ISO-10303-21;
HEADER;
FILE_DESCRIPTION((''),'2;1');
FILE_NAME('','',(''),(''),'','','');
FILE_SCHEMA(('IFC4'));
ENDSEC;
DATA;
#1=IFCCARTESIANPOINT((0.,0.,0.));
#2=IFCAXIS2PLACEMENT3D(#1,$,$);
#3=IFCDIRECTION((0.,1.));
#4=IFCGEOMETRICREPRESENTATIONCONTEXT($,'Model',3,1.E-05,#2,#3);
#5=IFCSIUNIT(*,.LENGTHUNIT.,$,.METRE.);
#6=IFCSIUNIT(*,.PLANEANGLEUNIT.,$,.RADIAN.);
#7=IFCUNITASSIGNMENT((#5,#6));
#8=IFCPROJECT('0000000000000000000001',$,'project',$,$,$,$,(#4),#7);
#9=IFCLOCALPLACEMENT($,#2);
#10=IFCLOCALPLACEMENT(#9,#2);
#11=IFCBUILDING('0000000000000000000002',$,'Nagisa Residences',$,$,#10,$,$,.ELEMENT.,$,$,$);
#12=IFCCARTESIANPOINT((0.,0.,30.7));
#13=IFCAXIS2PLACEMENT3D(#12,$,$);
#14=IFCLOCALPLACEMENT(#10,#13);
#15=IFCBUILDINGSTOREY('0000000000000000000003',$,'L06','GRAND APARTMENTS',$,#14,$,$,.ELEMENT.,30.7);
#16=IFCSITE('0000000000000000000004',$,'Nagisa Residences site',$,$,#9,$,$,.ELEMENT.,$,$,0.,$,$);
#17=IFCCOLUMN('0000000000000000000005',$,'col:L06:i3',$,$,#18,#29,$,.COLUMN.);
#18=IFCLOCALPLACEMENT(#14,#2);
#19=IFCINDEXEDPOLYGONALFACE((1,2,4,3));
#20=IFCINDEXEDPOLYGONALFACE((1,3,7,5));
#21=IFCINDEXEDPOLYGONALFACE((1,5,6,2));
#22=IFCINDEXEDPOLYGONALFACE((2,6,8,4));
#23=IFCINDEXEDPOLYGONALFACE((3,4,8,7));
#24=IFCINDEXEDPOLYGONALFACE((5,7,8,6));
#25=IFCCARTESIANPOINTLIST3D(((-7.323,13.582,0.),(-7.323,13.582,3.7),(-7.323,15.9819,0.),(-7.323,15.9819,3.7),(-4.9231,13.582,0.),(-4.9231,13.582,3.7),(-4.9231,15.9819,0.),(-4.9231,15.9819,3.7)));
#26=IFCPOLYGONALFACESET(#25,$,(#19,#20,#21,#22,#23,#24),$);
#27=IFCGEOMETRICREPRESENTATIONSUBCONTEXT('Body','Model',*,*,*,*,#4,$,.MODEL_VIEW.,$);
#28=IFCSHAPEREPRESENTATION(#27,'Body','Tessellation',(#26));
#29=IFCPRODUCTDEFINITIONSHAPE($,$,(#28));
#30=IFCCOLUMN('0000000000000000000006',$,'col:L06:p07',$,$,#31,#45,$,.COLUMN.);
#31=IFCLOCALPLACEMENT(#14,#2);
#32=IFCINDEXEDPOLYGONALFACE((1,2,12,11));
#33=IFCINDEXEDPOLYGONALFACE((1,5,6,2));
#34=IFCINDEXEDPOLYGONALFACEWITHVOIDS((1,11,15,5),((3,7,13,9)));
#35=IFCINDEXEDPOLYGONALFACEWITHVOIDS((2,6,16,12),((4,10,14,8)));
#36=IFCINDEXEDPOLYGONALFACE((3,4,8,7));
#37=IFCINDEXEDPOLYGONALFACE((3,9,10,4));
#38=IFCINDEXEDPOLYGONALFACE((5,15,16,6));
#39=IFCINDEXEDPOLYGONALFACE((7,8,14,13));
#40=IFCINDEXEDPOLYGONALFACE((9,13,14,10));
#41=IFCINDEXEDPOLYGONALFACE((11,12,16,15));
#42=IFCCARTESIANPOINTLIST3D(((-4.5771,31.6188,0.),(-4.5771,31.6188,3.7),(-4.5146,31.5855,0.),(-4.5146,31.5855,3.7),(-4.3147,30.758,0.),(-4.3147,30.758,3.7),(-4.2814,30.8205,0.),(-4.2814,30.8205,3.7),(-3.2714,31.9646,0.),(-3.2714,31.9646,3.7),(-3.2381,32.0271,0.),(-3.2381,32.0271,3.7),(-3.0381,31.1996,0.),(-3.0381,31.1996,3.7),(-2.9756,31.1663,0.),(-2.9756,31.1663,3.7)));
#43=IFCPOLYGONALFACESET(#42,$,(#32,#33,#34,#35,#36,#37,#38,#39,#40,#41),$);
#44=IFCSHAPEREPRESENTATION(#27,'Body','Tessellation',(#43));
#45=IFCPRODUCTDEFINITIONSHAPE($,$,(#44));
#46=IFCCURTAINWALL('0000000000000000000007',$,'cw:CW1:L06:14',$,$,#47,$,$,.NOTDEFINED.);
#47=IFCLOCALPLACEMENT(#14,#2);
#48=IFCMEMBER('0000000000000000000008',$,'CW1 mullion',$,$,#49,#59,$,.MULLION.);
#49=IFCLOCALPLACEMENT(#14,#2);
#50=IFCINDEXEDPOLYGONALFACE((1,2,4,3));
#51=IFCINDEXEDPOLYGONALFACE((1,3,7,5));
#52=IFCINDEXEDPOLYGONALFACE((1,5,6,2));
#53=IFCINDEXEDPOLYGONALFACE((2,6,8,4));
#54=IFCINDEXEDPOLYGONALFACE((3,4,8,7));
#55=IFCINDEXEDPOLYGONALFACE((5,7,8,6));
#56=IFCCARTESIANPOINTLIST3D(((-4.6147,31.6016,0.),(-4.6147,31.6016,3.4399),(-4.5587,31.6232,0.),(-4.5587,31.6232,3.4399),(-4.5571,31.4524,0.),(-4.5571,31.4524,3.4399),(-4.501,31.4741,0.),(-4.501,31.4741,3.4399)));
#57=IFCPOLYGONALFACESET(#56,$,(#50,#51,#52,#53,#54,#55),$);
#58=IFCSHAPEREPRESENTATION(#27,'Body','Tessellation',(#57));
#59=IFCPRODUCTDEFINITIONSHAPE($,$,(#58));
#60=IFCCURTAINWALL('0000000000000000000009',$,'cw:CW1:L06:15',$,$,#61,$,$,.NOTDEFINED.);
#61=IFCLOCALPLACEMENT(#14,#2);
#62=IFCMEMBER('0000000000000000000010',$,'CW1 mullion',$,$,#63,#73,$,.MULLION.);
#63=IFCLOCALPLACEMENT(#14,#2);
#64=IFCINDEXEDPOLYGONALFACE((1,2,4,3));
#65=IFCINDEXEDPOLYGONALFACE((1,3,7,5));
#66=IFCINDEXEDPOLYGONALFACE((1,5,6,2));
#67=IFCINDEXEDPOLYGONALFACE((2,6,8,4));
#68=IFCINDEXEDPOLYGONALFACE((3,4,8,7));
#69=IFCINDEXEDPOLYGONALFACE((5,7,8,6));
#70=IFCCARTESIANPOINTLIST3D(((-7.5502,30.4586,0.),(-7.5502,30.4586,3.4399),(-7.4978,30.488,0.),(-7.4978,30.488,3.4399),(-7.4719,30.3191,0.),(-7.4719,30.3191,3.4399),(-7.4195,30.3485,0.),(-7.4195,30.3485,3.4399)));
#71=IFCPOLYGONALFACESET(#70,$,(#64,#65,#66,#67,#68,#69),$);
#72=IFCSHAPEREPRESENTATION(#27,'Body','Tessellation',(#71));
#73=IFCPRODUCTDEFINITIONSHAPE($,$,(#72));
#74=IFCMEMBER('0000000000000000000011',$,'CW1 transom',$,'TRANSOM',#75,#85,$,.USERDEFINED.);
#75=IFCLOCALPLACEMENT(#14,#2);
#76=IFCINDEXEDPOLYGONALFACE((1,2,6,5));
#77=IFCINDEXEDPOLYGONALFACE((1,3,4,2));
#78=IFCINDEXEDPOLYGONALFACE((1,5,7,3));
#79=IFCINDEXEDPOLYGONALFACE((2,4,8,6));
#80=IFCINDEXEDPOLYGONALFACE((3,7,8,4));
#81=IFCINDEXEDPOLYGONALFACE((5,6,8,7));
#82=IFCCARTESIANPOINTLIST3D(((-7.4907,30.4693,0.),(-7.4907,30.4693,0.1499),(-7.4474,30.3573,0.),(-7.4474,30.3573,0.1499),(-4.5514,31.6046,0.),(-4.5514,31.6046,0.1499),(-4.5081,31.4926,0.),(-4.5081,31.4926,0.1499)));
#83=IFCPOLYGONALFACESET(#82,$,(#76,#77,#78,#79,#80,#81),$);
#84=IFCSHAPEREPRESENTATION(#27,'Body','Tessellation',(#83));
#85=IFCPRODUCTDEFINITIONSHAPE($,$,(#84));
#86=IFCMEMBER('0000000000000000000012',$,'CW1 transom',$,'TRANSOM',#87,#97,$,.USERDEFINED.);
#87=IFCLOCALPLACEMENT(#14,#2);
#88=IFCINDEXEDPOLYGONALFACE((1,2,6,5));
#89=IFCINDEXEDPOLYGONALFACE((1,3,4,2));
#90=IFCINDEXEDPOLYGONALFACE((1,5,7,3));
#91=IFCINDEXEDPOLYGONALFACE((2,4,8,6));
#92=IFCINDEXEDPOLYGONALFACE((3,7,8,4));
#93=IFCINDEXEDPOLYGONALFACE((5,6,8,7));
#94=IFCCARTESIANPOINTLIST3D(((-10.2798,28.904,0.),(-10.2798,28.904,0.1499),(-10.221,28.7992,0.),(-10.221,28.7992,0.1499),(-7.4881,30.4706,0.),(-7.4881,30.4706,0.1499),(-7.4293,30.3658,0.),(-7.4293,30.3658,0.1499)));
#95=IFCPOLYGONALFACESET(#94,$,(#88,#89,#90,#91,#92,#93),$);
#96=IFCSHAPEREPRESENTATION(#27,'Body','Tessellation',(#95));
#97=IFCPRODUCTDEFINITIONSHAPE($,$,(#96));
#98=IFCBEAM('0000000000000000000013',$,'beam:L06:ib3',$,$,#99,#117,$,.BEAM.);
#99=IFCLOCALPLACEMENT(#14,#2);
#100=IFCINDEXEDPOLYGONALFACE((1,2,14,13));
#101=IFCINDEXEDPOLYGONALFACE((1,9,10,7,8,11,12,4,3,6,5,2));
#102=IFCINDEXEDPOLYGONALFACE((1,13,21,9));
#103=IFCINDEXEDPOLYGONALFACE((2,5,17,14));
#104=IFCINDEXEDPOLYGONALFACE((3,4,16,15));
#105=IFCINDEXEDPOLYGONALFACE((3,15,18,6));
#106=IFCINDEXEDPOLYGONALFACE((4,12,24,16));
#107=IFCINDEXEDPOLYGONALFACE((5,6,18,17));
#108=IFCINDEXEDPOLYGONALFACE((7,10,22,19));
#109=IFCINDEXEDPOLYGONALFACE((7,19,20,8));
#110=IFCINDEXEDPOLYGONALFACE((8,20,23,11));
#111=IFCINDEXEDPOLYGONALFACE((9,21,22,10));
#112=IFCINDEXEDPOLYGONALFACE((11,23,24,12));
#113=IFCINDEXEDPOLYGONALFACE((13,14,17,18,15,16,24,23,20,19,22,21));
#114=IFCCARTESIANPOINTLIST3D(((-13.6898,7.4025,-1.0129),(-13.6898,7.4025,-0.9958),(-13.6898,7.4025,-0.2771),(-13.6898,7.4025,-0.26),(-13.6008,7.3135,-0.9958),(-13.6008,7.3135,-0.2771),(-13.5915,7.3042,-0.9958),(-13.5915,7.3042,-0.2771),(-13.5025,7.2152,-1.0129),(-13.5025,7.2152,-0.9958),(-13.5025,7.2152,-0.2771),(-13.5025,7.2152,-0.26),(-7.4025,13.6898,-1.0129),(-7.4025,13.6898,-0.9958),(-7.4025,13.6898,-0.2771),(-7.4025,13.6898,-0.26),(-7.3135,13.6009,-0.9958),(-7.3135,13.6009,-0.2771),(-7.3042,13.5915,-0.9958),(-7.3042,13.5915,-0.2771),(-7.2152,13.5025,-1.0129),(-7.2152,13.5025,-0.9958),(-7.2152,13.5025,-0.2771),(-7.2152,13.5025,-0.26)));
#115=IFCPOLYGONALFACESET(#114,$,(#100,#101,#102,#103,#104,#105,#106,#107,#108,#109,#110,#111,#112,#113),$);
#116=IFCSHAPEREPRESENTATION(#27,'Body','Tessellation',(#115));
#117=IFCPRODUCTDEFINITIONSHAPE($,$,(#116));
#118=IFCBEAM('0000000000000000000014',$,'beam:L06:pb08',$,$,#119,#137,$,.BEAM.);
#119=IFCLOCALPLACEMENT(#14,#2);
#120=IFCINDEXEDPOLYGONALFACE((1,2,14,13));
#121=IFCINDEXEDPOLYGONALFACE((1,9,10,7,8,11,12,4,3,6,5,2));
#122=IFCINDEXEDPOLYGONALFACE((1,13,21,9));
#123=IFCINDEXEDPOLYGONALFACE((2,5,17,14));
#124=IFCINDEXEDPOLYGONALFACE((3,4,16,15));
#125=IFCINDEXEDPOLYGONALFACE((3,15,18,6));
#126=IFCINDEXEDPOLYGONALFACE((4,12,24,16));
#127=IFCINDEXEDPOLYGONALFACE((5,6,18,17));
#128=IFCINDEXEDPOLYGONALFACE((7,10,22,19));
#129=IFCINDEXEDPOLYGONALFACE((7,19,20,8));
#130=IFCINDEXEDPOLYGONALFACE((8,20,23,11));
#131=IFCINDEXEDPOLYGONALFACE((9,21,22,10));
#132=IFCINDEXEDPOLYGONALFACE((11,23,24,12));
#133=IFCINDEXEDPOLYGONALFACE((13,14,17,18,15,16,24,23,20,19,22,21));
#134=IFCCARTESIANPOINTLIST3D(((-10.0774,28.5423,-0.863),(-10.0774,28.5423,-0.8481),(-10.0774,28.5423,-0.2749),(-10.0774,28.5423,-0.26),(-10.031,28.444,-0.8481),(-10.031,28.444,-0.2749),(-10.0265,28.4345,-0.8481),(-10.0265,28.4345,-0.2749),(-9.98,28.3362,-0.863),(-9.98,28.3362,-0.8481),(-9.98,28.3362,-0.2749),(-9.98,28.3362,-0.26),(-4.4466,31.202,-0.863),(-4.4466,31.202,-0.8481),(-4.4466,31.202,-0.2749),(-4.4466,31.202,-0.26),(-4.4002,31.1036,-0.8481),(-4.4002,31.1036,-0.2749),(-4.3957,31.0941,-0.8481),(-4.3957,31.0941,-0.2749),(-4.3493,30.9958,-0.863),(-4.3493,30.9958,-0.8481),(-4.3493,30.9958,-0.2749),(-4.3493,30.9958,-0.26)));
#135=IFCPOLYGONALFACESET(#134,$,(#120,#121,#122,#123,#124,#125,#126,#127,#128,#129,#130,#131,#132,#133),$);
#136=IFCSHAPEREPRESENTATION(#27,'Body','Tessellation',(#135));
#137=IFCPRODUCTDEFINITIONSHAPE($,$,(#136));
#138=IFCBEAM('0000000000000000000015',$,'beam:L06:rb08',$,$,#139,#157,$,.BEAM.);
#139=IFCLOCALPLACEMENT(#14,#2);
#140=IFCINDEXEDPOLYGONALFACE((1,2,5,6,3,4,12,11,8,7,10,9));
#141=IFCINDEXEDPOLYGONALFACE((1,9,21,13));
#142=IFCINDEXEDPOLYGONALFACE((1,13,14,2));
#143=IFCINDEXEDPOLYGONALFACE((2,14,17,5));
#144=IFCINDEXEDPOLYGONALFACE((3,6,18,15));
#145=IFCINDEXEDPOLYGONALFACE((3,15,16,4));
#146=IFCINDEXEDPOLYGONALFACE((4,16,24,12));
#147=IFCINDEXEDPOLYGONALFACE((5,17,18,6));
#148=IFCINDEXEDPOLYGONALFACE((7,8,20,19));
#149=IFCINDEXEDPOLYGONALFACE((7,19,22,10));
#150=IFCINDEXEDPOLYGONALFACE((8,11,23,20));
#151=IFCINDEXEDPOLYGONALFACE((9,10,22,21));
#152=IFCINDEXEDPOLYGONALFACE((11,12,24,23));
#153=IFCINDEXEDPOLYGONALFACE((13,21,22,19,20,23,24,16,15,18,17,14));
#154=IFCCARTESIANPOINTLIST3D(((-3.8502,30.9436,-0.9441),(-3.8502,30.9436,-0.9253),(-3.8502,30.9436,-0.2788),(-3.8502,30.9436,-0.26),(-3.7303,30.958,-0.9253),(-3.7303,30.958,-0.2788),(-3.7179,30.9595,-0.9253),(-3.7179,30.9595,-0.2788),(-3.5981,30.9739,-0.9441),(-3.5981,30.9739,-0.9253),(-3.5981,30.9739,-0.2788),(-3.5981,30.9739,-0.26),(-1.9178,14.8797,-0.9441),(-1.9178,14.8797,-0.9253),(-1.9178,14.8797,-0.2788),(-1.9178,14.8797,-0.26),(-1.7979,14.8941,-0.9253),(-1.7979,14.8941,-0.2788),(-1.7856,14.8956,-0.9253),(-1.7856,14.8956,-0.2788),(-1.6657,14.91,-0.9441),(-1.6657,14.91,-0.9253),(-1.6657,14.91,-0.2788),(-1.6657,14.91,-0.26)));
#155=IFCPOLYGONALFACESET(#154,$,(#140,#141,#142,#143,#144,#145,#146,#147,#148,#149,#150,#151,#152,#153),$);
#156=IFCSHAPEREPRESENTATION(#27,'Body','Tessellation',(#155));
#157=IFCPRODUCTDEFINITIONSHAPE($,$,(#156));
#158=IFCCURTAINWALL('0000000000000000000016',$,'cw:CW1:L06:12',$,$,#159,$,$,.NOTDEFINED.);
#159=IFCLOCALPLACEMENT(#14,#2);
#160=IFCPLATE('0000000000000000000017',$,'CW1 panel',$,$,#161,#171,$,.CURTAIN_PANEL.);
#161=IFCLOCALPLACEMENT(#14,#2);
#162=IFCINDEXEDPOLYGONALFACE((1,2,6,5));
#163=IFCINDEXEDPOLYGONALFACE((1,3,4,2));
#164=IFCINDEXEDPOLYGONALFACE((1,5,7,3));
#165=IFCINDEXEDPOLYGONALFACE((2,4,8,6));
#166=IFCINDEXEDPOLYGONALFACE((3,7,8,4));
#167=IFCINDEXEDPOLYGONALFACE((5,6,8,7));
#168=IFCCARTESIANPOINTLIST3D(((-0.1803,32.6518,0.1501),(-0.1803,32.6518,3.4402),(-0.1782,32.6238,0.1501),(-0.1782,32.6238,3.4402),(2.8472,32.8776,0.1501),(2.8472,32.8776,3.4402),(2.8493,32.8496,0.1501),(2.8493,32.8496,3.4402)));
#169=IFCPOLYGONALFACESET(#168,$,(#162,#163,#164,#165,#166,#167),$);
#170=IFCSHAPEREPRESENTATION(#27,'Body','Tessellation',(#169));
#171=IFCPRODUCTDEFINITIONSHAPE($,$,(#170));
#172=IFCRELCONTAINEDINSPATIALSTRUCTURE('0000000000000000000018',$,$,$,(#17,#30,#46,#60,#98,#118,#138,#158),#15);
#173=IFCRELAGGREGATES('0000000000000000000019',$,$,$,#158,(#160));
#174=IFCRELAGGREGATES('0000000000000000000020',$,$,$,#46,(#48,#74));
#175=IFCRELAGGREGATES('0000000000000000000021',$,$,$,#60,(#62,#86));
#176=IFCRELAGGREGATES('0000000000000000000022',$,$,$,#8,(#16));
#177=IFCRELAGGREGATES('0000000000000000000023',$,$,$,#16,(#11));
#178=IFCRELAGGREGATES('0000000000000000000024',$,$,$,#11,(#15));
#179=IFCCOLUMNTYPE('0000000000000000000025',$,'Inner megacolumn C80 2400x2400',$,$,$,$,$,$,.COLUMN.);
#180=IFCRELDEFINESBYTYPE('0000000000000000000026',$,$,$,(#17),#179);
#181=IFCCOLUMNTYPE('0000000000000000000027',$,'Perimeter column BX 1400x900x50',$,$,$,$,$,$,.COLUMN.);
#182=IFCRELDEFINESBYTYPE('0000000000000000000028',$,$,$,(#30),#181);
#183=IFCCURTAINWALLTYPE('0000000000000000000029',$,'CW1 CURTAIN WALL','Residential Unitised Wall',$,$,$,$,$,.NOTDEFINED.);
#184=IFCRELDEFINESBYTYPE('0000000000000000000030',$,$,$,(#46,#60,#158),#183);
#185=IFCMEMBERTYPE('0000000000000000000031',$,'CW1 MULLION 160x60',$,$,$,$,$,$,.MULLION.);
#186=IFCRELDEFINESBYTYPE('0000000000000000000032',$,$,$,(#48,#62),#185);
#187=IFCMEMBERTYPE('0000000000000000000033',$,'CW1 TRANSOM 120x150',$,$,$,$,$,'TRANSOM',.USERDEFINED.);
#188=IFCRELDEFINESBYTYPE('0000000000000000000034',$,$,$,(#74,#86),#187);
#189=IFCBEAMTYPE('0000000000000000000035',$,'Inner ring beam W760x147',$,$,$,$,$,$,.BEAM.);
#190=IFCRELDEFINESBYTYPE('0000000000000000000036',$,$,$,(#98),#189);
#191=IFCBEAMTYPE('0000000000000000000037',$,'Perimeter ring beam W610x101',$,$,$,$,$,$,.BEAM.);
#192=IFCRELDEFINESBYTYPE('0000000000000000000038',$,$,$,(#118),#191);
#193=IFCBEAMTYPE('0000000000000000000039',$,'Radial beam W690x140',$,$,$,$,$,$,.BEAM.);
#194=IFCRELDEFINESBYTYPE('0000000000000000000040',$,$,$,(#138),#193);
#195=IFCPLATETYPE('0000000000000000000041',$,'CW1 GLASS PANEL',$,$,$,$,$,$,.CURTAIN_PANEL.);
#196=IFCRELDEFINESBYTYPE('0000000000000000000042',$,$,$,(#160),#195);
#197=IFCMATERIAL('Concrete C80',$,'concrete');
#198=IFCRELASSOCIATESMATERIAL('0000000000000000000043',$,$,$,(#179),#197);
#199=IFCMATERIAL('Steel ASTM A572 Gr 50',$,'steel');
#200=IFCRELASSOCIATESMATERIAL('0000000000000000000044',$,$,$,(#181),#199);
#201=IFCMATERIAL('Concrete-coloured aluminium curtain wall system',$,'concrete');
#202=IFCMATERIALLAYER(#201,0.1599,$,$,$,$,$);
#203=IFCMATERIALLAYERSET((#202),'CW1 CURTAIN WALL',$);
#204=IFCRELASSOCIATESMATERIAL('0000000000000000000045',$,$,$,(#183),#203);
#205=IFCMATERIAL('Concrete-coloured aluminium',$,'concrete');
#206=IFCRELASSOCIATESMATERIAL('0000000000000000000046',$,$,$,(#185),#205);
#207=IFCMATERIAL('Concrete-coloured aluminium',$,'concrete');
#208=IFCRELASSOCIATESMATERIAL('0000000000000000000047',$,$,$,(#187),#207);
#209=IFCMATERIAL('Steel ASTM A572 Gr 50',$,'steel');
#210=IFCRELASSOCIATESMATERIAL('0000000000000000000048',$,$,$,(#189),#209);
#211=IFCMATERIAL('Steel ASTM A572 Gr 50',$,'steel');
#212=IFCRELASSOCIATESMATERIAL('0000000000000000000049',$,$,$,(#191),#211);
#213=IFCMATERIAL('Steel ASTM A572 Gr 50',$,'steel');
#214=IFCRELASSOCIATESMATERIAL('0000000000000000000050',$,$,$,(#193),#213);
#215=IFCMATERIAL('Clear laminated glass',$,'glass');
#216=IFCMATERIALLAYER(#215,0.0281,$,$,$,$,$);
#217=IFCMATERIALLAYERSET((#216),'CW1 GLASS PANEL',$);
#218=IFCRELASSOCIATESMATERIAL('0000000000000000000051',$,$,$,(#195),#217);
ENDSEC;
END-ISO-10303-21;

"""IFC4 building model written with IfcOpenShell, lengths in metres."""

from ifc_helpers import new_model, si_unit, direction, frame, origin, origin_2d, place, context, subcontext, project, spatial, rectangle, hollow_rectangle, i_section, extrude, material, layer, layer_set, material_profile, profile_set, type_object, element, aggregate, save


model = new_model("IFC4")

# Units and contexts
model_context = context("Model", 3, precision=1e-05, world=origin(), true_north=direction((0.0, 1.0)))
body_context = subcontext(model_context, "Body", "Model", "MODEL_VIEW")
ifc_project = project(units=[si_unit("LENGTHUNIT", "METRE"), si_unit("PLANEANGLEUNIT", "RADIAN")], contexts=[model_context])

# Site, building, storey
site_placement = place(None, origin())
site = spatial("IfcSite", under=ifc_project, at=site_placement, Name="Nagisa Residences site", CompositionType="ELEMENT", RefElevation=0.0)
building_placement = place(site_placement, origin())
building = spatial("IfcBuilding", under=site, at=building_placement, Name="Nagisa Residences", CompositionType="ELEMENT")
storey_placement = place(building_placement, frame((0.0, 0.0, 30.7)))
storey = spatial("IfcBuildingStorey", under=building, at=storey_placement, Name="L06", Description="GRAND APARTMENTS", CompositionType="ELEMENT", Elevation=30.7)

# Columns
ifc_material_1 = material(Name="Concrete C80", Category="concrete")
ifc_material_profile_1 = material_profile(ifc_material_1, rectangle(XDim=2.3999, YDim=2.3999, at=origin_2d()), Name="C80 2400x2400")
ifc_profile_set_1 = profile_set([ifc_material_profile_1], Name="Concrete C80")
column_type_1 = type_object("IfcColumnType", Name="Inner megacolumn C80 2400x2400", PredefinedType="COLUMN", material=ifc_profile_set_1)
column_1_placement = place(storey_placement, frame((-6.123, 14.782, 0.0), z_axis=(0.0, 0.0, 1.0), x_axis=(1.0, 0.0, 0.0)))
element("IfcColumn", 1, at=column_1_placement, inside=storey, type_object=column_type_1, Name="col:L06:i3", PredefinedType="COLUMN", context=body_context, shape_type="SweptSolid", body=[
    extrude(rectangle(XDim=2.3999, YDim=2.3999, at=origin_2d()), origin(), (0.0, 0.0, 1.0), 3.7),
])
ifc_material_2 = material(Name="Steel ASTM A572 Gr 50", Category="steel")
ifc_material_profile_2 = material_profile(ifc_material_2, hollow_rectangle(XDim=1.3999, YDim=0.8999, WallThickness=0.05, at=origin_2d()), Name="BX 1400x900x50")
ifc_profile_set_2 = profile_set([ifc_material_profile_2], Name="Steel ASTM A572 Gr 50")
column_type_2 = type_object("IfcColumnType", Name="Perimeter column BX 1400x900x50", PredefinedType="COLUMN", material=ifc_profile_set_2)
column_2_placement = place(storey_placement, frame((-3.7764, 31.3926, 0.0), z_axis=(0.0, 0.0, 1.0), x_axis=(-0.956525, -0.291652, 0.0)))
element("IfcColumn", 2, at=column_2_placement, inside=storey, type_object=column_type_2, Name="col:L06:p07", PredefinedType="COLUMN", context=body_context, shape_type="SweptSolid", body=[
    extrude(hollow_rectangle(XDim=1.3999, YDim=0.8999, WallThickness=0.05, at=origin_2d()), origin(), (0.0, 0.0, 1.0), 3.7),
])

# Curtain walls, members
ifc_material_3 = material(Name="Concrete-coloured aluminium curtain wall system", Category="concrete")
ifc_layer_1 = layer(ifc_material_3, 0.1599)
ifc_layer_set_1 = layer_set([ifc_layer_1], Name="CW1 CURTAIN WALL")
curtain_wall_type = type_object("IfcCurtainWallType", Name="CW1 CURTAIN WALL", Description="Residential Unitised Wall", PredefinedType="NOTDEFINED", material=ifc_layer_set_1)
curtain_wall_1_placement = place(storey_placement, origin())
curtain_wall_1 = element("IfcCurtainWall", 3, at=curtain_wall_1_placement, inside=storey, type_object=curtain_wall_type, Name="cw:CW1:L06:14", PredefinedType="NOTDEFINED")
ifc_material_4 = material(Name="Concrete-coloured aluminium", Category="concrete")
ifc_material_profile_3 = material_profile(ifc_material_4, rectangle(XDim=0.1599, YDim=0.0601, at=origin_2d()), Name="CW1 MULLION 160x60")
ifc_profile_set_3 = profile_set([ifc_material_profile_3], Name="Concrete-coloured aluminium")
member_type_1 = type_object("IfcMemberType", Name="CW1 MULLION 160x60", PredefinedType="MULLION", material=ifc_profile_set_3)
member_1_placement = place(storey_placement, frame((-4.5579, 31.5378, 0.0), z_axis=(0.0, 0.0, 1.0), x_axis=(0.360328, -0.932826, 0.0)))
member_1 = element("IfcMember", 4, at=member_1_placement, type_object=member_type_1, Name="CW1 mullion", PredefinedType="MULLION", context=body_context, shape_type="SweptSolid", body=[
    extrude(rectangle(XDim=0.1599, YDim=0.0601, at=origin_2d()), origin(), (0.0, 0.0, 1.0), 3.4399),
])
curtain_wall_2_placement = place(storey_placement, origin())
curtain_wall_2 = element("IfcCurtainWall", 5, at=curtain_wall_2_placement, inside=storey, type_object=curtain_wall_type, Name="cw:CW1:L06:15", PredefinedType="NOTDEFINED")
member_2_placement = place(storey_placement, frame((-7.4849, 30.4036, 0.0), z_axis=(0.0, 0.0, 1.0), x_axis=(0.489377, -0.872072, 0.0)))
member_2 = element("IfcMember", 6, at=member_2_placement, type_object=member_type_1, Name="CW1 mullion", PredefinedType="MULLION", context=body_context, shape_type="SweptSolid", body=[
    extrude(rectangle(XDim=0.1599, YDim=0.0601, at=origin_2d()), origin(), (0.0, 0.0, 1.0), 3.4399),
])

# Members
ifc_material_5 = material(Name="Concrete-coloured aluminium", Category="concrete")
ifc_material_profile_4 = material_profile(ifc_material_5, rectangle(XDim=0.1201, YDim=0.1499, at=origin_2d()), Name="CW1 TRANSOM 120x150")
ifc_profile_set_4 = profile_set([ifc_material_profile_4], Name="Concrete-coloured aluminium")
member_type_2 = type_object("IfcMemberType", Name="CW1 TRANSOM 120x150", ElementType="TRANSOM", PredefinedType="USERDEFINED", material=ifc_profile_set_4)
member_3_placement = place(storey_placement, frame((-4.5298, 31.5486, 0.075), z_axis=(-0.932835, -0.360303, 0.0), x_axis=(0.360303, -0.932835, 0.0)))
member_3 = element("IfcMember", 7, at=member_3_placement, type_object=member_type_2, Name="CW1 transom", ObjectType="TRANSOM", PredefinedType="USERDEFINED", context=body_context, shape_type="SweptSolid", body=[
    extrude(rectangle(XDim=0.1201, YDim=0.1499, at=origin_2d()), origin(), (0.0, 0.0, 1.0), 3.1509),
])
member_4_placement = place(storey_placement, frame((-7.4587, 30.4182, 0.075), z_axis=(-0.87207, -0.489381, 0.0), x_axis=(0.489381, -0.87207, 0.0)))
member_4 = element("IfcMember", 8, at=member_4_placement, type_object=member_type_2, Name="CW1 transom", ObjectType="TRANSOM", PredefinedType="USERDEFINED", context=body_context, shape_type="SweptSolid", body=[
    extrude(rectangle(XDim=0.1201, YDim=0.1499, at=origin_2d()), origin(), (0.0, 0.0, 1.0), 3.2012),
])

# Beams
ifc_material_6 = material(Name="Steel ASTM A572 Gr 50", Category="steel")
ifc_material_profile_5 = material_profile(ifc_material_6, i_section(OverallWidth=0.2649, OverallDepth=0.7529, WebThickness=0.0132, FlangeThickness=0.0171, at=origin_2d()), Name="W760x147")
ifc_profile_set_5 = profile_set([ifc_material_profile_5], Name="Steel ASTM A572 Gr 50")
beam_type_1 = type_object("IfcBeamType", Name="Inner ring beam W760x147", PredefinedType="BEAM", material=ifc_profile_set_5)
beam_1_placement = place(storey_placement, frame((-7.3088, 13.5962, -0.6365), z_axis=(-0.707107, -0.707107, 0.0), x_axis=(0.707107, -0.707107, 0.0)))
element("IfcBeam", 9, at=beam_1_placement, inside=storey, type_object=beam_type_1, Name="beam:L06:ib3", PredefinedType="BEAM", context=body_context, shape_type="SweptSolid", body=[
    extrude(i_section(OverallWidth=0.2649, OverallDepth=0.7529, WebThickness=0.0132, FlangeThickness=0.0171, at=origin_2d()), origin(), (0.0, 0.0, 1.0), 8.8916),
])
ifc_material_7 = material(Name="Steel ASTM A572 Gr 50", Category="steel")
ifc_material_profile_6 = material_profile(ifc_material_7, i_section(OverallWidth=0.228, OverallDepth=0.603, WebThickness=0.0105, FlangeThickness=0.0149, at=origin_2d()), Name="W610x101")
ifc_profile_set_6 = profile_set([ifc_material_profile_6], Name="Steel ASTM A572 Gr 50")
beam_type_2 = type_object("IfcBeamType", Name="Perimeter ring beam W610x101", PredefinedType="BEAM", material=ifc_profile_set_6)
beam_2_placement = place(storey_placement, frame((-4.3979, 31.0989, -0.5615), z_axis=(-0.904208, -0.427092, 0.0), x_axis=(0.427092, -0.904208, 0.0)))
element("IfcBeam", 10, at=beam_2_placement, inside=storey, type_object=beam_type_2, Name="beam:L06:pb08", PredefinedType="BEAM", context=body_context, shape_type="SweptSolid", body=[
    extrude(i_section(OverallWidth=0.228, OverallDepth=0.603, WebThickness=0.0105, FlangeThickness=0.0149, at=origin_2d()), origin(), (0.0, 0.0, 1.0), 6.2273),
])
ifc_material_8 = material(Name="Steel ASTM A572 Gr 50", Category="steel")
ifc_material_profile_7 = material_profile(ifc_material_8, i_section(OverallWidth=0.2539, OverallDepth=0.6841, WebThickness=0.0125, FlangeThickness=0.0188, at=origin_2d()), Name="W690x140")
ifc_profile_set_7 = profile_set([ifc_material_profile_7], Name="Steel ASTM A572 Gr 50")
beam_type_3 = type_object("IfcBeamType", Name="Radial beam W690x140", PredefinedType="BEAM", material=ifc_profile_set_7)
beam_3_placement = place(storey_placement, frame((-3.7241, 30.9587, -0.6021), z_axis=(0.119431, -0.992842, 0.0), x_axis=(0.992842, 0.119431, 0.0)))
element("IfcBeam", 11, at=beam_3_placement, inside=storey, type_object=beam_type_3, Name="beam:L06:rb08", PredefinedType="BEAM", context=body_context, shape_type="SweptSolid", body=[
    extrude(i_section(OverallWidth=0.2539, OverallDepth=0.6841, WebThickness=0.0125, FlangeThickness=0.0188, at=origin_2d()), origin(), (0.0, 0.0, 1.0), 16.1797),
])

# Curtain wall, plate
curtain_wall_3_placement = place(storey_placement, origin())
curtain_wall_3 = element("IfcCurtainWall", 12, at=curtain_wall_3_placement, inside=storey, type_object=curtain_wall_type, Name="cw:CW1:L06:12", PredefinedType="NOTDEFINED")
ifc_material_9 = material(Name="Clear laminated glass", Category="glass")
ifc_layer_2 = layer(ifc_material_9, 0.0281)
ifc_layer_set_2 = layer_set([ifc_layer_2], Name="CW1 GLASS PANEL")
plate_type = type_object("IfcPlateType", Name="CW1 GLASS PANEL", PredefinedType="CURTAIN_PANEL", material=ifc_layer_set_2)
plate_1_placement = place(storey_placement, frame((1.3345, 32.7507, 0.1501), z_axis=(0.0, 0.0, 1.0), x_axis=(-0.99723, -0.074377, 0.0)))
plate_1 = element("IfcPlate", 13, at=plate_1_placement, type_object=plate_type, Name="CW1 panel", PredefinedType="CURTAIN_PANEL", context=body_context, shape_type="SweptSolid", body=[
    extrude(rectangle(XDim=3.0359, YDim=0.0281, at=origin_2d()), origin(), (0.0, 0.0, 1.0), 3.29),
])
aggregate(curtain_wall_3, [plate_1])

aggregate(curtain_wall_1, [member_1, member_3])
aggregate(curtain_wall_2, [member_2, member_4])

save(model, "model.ifc")
